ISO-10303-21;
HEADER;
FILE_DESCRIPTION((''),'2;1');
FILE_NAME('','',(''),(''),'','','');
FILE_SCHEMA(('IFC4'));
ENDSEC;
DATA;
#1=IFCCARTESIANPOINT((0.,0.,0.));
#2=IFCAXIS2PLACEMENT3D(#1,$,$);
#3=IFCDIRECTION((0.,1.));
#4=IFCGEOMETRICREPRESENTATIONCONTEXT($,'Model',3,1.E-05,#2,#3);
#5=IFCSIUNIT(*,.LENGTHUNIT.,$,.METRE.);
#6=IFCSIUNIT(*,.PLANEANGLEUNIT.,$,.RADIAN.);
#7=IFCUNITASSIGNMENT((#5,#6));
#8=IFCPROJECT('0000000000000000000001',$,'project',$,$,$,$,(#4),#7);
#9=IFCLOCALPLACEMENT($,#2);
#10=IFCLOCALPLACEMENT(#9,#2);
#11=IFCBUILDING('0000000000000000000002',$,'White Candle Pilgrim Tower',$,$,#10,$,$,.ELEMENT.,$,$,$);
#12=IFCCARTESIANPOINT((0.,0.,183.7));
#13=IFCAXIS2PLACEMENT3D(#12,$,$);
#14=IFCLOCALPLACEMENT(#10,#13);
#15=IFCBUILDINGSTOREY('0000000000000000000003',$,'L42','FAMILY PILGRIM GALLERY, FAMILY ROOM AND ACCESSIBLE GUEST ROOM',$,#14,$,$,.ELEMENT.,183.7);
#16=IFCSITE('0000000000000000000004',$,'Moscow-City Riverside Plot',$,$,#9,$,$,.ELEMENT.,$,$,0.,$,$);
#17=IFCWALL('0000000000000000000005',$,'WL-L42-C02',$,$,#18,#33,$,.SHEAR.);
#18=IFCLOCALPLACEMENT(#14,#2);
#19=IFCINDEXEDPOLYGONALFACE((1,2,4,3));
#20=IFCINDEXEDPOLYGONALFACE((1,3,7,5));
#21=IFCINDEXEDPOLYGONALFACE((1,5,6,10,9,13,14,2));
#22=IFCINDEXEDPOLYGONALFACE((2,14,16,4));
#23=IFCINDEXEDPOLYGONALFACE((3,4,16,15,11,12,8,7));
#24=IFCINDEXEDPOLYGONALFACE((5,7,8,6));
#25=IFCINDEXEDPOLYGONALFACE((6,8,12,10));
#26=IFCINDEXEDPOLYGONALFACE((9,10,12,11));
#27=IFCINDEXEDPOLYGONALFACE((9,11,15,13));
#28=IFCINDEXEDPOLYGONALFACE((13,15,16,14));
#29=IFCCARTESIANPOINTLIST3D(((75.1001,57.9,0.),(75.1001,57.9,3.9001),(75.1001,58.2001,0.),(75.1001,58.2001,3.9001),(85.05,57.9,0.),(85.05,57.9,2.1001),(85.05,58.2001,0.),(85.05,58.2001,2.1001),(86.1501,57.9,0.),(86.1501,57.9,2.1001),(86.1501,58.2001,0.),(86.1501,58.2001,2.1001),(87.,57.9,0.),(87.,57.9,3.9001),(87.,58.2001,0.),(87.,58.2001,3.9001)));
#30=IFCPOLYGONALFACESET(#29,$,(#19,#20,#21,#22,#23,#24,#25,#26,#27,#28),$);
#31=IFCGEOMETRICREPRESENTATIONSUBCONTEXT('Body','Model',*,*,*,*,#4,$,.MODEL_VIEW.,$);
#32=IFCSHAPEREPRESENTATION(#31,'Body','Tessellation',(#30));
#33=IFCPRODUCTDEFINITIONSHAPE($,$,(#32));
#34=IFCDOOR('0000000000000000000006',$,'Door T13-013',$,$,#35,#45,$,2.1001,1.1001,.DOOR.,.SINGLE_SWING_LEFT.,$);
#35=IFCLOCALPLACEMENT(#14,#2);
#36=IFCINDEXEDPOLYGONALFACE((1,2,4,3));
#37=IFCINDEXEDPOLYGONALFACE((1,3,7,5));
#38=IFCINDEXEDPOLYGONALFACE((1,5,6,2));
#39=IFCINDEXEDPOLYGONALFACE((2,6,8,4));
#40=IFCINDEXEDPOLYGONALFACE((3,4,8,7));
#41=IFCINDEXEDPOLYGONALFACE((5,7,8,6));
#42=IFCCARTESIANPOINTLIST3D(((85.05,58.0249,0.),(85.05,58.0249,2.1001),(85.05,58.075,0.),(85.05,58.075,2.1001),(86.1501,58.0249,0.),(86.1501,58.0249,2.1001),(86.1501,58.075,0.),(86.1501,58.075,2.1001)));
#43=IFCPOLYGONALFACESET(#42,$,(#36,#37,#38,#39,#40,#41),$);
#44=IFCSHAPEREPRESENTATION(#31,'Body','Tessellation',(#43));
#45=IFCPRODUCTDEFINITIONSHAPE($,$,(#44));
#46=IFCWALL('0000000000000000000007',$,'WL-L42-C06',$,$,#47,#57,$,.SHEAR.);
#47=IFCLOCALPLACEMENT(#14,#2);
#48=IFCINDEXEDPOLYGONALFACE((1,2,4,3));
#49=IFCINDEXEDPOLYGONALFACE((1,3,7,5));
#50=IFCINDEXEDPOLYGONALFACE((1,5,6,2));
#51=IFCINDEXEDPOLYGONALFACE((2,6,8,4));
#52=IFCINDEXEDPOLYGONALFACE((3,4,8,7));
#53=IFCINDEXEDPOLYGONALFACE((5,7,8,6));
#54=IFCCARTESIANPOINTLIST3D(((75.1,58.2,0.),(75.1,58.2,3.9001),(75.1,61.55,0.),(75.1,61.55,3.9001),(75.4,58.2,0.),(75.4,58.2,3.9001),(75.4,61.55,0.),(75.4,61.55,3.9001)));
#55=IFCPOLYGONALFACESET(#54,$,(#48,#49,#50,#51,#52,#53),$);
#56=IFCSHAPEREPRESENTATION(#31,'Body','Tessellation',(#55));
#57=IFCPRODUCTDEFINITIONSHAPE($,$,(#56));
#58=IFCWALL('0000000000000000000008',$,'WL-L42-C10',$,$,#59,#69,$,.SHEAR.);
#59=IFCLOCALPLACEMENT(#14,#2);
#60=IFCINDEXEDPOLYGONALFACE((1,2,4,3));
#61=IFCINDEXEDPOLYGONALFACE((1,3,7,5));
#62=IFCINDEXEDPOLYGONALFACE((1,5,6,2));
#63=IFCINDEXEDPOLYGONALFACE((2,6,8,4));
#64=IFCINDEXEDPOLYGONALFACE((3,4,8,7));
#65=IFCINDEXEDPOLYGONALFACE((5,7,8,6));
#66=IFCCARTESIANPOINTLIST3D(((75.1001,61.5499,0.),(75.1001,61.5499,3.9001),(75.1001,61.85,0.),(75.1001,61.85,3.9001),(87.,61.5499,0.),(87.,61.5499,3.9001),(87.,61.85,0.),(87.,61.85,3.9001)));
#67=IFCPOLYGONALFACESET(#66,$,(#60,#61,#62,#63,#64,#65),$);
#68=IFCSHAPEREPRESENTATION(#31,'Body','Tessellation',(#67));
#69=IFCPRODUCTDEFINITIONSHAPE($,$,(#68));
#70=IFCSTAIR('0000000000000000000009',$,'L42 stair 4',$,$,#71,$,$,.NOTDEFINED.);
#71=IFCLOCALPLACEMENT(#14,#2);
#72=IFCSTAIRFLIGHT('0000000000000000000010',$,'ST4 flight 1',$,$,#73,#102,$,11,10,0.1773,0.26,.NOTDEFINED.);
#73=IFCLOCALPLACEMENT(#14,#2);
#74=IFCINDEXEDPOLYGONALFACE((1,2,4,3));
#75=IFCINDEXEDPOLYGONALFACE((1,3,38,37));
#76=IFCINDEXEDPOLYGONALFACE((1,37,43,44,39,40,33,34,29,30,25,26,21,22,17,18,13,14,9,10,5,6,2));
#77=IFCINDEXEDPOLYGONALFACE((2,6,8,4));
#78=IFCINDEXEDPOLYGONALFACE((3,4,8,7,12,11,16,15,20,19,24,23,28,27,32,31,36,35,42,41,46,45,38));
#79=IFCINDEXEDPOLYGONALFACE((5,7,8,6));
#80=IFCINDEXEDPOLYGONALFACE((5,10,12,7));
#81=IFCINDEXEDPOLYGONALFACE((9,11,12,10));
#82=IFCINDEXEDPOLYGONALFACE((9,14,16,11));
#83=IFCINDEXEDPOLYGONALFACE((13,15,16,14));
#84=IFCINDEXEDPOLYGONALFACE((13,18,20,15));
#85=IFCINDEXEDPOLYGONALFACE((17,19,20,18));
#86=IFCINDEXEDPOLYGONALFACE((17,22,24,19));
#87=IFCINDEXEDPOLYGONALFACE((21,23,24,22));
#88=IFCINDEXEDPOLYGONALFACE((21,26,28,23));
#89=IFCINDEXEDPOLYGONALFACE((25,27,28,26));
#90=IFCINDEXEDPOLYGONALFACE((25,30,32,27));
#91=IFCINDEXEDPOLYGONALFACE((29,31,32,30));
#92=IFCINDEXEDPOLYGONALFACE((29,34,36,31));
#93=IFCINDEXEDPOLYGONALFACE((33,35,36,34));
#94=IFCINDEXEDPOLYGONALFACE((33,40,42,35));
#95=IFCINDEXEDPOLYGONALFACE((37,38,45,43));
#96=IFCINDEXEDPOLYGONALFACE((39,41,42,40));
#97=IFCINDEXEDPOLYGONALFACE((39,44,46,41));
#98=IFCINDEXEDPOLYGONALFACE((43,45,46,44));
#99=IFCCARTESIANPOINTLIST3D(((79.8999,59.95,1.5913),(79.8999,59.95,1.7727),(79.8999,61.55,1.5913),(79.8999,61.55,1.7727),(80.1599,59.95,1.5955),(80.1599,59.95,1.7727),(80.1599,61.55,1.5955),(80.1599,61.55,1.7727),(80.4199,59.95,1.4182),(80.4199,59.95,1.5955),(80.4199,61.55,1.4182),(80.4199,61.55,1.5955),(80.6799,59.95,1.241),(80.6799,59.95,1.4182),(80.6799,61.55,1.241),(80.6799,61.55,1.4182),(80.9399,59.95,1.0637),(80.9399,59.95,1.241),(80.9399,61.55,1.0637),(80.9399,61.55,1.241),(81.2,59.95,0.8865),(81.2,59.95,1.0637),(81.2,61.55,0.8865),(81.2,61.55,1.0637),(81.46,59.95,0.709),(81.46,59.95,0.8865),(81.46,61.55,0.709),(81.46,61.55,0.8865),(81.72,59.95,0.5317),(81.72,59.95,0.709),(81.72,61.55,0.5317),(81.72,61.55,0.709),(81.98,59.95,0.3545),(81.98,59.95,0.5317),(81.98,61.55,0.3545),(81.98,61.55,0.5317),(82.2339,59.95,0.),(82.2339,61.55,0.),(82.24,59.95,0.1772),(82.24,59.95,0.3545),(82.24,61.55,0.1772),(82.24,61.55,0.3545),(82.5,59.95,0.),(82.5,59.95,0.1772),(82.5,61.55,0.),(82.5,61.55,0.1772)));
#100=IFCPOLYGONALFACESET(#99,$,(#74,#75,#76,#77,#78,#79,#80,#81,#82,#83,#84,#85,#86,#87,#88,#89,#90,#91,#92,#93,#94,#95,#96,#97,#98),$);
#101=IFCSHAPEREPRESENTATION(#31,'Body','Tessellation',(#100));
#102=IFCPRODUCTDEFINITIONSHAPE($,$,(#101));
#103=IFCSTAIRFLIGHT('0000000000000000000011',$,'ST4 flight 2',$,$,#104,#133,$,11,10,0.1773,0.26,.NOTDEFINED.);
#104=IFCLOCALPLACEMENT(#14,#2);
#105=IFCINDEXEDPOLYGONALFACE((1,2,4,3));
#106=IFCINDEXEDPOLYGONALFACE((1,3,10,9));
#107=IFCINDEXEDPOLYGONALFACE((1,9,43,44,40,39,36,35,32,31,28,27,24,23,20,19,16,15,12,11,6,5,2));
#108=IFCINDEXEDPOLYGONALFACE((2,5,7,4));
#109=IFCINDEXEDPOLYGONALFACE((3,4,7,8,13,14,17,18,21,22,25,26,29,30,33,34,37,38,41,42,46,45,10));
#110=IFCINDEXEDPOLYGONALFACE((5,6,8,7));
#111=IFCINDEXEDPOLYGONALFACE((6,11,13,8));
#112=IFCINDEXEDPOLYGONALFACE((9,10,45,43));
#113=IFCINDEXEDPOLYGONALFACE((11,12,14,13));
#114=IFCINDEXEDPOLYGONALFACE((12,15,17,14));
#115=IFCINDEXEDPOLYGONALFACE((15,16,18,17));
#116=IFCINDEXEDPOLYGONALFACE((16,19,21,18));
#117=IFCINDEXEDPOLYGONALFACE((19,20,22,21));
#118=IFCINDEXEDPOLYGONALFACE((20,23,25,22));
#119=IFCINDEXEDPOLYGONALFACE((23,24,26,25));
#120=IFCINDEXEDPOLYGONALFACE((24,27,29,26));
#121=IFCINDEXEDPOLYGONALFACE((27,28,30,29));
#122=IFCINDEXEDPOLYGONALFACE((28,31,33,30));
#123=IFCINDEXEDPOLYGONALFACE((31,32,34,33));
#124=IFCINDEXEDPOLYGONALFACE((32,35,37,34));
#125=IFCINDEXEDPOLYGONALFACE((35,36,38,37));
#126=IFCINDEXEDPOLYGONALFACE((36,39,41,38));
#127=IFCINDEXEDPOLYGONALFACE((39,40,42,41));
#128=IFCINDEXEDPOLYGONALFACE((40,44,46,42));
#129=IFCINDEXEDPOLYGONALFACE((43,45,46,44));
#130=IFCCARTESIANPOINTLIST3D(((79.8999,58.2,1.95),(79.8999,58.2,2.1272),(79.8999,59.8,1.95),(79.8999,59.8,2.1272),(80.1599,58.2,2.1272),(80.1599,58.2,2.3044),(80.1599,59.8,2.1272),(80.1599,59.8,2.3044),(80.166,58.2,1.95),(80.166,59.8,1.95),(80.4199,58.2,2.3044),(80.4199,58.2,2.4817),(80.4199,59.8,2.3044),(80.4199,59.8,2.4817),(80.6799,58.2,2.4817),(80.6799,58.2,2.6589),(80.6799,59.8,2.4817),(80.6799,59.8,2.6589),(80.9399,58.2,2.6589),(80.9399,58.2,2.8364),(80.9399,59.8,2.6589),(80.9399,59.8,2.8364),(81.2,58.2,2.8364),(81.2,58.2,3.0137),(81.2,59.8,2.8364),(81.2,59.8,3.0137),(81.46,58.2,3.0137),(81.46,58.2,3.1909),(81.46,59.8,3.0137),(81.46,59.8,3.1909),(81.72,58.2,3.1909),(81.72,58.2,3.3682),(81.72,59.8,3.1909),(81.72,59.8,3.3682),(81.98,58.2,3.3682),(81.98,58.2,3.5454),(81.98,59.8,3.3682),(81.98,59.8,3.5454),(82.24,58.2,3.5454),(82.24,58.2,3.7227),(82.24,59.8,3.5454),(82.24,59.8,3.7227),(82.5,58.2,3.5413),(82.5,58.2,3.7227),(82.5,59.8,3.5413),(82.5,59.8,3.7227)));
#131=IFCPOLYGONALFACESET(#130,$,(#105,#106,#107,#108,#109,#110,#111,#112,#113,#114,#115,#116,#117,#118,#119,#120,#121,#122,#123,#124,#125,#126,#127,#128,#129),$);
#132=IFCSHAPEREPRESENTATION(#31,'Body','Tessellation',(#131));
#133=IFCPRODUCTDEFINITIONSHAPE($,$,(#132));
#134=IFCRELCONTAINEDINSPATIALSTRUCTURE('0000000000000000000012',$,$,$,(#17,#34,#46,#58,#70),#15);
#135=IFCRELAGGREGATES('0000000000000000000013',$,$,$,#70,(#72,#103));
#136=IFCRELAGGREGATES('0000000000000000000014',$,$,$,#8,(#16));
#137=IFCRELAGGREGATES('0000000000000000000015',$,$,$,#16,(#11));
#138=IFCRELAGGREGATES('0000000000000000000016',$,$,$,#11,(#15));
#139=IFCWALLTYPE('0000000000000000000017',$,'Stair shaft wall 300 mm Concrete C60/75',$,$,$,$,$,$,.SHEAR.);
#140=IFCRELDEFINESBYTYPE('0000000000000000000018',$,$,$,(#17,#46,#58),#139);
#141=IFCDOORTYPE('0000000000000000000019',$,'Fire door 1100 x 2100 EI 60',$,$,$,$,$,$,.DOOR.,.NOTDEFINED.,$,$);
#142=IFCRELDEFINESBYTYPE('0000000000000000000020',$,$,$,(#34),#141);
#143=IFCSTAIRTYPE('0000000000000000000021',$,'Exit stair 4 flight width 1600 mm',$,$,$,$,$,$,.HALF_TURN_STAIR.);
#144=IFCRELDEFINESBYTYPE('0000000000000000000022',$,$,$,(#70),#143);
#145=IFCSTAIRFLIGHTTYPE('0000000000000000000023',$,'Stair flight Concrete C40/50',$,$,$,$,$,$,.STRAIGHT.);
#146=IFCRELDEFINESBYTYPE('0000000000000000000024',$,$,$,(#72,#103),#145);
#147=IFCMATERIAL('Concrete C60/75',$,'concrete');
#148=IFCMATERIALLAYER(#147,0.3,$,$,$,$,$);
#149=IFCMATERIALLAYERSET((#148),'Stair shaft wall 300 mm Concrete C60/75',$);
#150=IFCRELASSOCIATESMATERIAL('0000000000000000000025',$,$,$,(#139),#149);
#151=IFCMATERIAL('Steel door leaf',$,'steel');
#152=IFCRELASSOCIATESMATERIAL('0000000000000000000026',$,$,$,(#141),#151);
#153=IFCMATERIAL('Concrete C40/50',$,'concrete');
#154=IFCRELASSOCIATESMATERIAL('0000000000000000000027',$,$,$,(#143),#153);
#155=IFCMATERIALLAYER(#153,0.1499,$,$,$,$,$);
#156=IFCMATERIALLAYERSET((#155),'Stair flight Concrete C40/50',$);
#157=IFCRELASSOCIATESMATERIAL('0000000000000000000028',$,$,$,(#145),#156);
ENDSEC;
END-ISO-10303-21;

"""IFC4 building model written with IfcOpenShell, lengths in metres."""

from ifc_helpers import new_model, si_unit, direction, frame, frame_2d, origin, place, context, subcontext, project, spatial, polyline, rectangle, outline, extrude, material, layer, layer_set, type_object, element, fill, aggregate, save


model = new_model("IFC4")

# Units and contexts
model_context = context("Model", 3, precision=1e-05, world=origin(), true_north=direction((0.0, 1.0)))
body_context = subcontext(model_context, "Body", "Model", "MODEL_VIEW")
ifc_project = project(units=[si_unit("LENGTHUNIT", "METRE"), si_unit("PLANEANGLEUNIT", "RADIAN")], contexts=[model_context])

# Site, building, storey
site_placement = place(None, origin())
site = spatial("IfcSite", under=ifc_project, at=site_placement, Name="Moscow-City Riverside Plot", CompositionType="ELEMENT", RefElevation=0.0)
building_placement = place(site_placement, origin())
building = spatial("IfcBuilding", under=site, at=building_placement, Name="White Candle Pilgrim Tower", CompositionType="ELEMENT")
storey_placement = place(building_placement, frame((0.0, 0.0, 183.7)))
storey = spatial("IfcBuildingStorey", under=building, at=storey_placement, Name="L42", Description="FAMILY PILGRIM GALLERY, FAMILY ROOM AND ACCESSIBLE GUEST ROOM", CompositionType="ELEMENT", Elevation=183.7)

# Wall, opening, door
ifc_material_1 = material(Name="Concrete C60/75", Category="concrete")
ifc_layer_1 = layer(ifc_material_1, 0.3)
ifc_layer_set_1 = layer_set([ifc_layer_1], Name="Stair shaft wall 300 mm Concrete C60/75")
wall_type_1 = type_object("IfcWallType", Name="Stair shaft wall 300 mm Concrete C60/75", PredefinedType="SHEAR", material=ifc_layer_set_1)
wall_1_placement = place(storey_placement, frame((75.1001, 58.05, 0.0), z_axis=(0.0, 0.0, 1.0), x_axis=(1.0, 0.0, 0.0)))
wall_1 = element("IfcWall", 1, at=wall_1_placement, inside=storey, type_object=wall_type_1, Name="WL-L42-C02", PredefinedType="SHEAR", context=body_context, shape_type="SweptSolid", body=[
    extrude(rectangle(XDim=11.8999, YDim=0.3, at=frame_2d((5.95, 0.0))), origin(), (0.0, 0.0, 1.0), 3.9001),
])
opening_placement = place(wall_1_placement, frame((9.95, 0.0, 0.0)))
opening = element("IfcOpeningElement", 2, at=opening_placement, cuts=wall_1, PredefinedType="OPENING", context=body_context, shape_type="SweptSolid", body=[
    extrude(rectangle(XDim=1.1001, YDim=2.1001, at=frame_2d((0.55, 1.05))), frame((0.0, 0.1599, 0.0), z_axis=(0.0, -1.0, 0.0), x_axis=(1.0, 0.0, 0.0)), (0.0, 0.0, 1.0), 0.3201),
])
ifc_material_2 = material(Name="Steel door leaf", Category="steel")
door_type = type_object("IfcDoorType", Name="Fire door 1100 x 2100 EI 60", OperationType="NOTDEFINED", PredefinedType="DOOR", material=ifc_material_2)
door_placement = place(opening_placement, origin())
door = element("IfcDoor", 3, at=door_placement, inside=storey, type_object=door_type, Name="Door T13-013", OperationType="SINGLE_SWING_LEFT", OverallHeight=2.1001, OverallWidth=1.1001, PredefinedType="DOOR", context=body_context, shape_type="SweptSolid", body=[
    extrude(rectangle(XDim=1.1001, YDim=2.1001, at=frame_2d((0.55, 1.05))), frame((0.0, 0.0249, 0.0), z_axis=(0.0, -1.0, 0.0), x_axis=(1.0, 0.0, 0.0)), (0.0, 0.0, 1.0), 0.05),
])
fill(opening, door)

# Walls
wall_2_placement = place(storey_placement, frame((75.25, 58.2, 0.0), z_axis=(0.0, 0.0, 1.0), x_axis=(0.0, 1.0, 0.0)))
element("IfcWall", 4, at=wall_2_placement, inside=storey, type_object=wall_type_1, Name="WL-L42-C06", PredefinedType="SHEAR", context=body_context, shape_type="SweptSolid", body=[
    extrude(rectangle(XDim=3.3501, YDim=0.3, at=frame_2d((1.675, 0.0))), origin(), (0.0, 0.0, 1.0), 3.9001),
])
wall_3_placement = place(storey_placement, frame((75.1001, 61.7, 0.0), z_axis=(0.0, 0.0, 1.0), x_axis=(1.0, 0.0, 0.0)))
element("IfcWall", 5, at=wall_3_placement, inside=storey, type_object=wall_type_1, Name="WL-L42-C10", PredefinedType="SHEAR", context=body_context, shape_type="SweptSolid", body=[
    extrude(rectangle(XDim=11.8999, YDim=0.3, at=frame_2d((5.95, 0.0))), origin(), (0.0, 0.0, 1.0), 3.9001),
])

# Stair, stair flights
ifc_material_3 = material(Name="Concrete C40/50", Category="concrete")
stair_type = type_object("IfcStairType", Name="Exit stair 4 flight width 1600 mm", PredefinedType="HALF_TURN_STAIR", material=ifc_material_3)
stair_placement = place(storey_placement, origin())
stair = element("IfcStair", 6, at=stair_placement, inside=storey, type_object=stair_type, Name="L42 stair 4", PredefinedType="NOTDEFINED")
ifc_layer_2 = layer(ifc_material_3, 0.1499)
ifc_layer_set_2 = layer_set([ifc_layer_2], Name="Stair flight Concrete C40/50")
stair_flight_type = type_object("IfcStairFlightType", Name="Stair flight Concrete C40/50", PredefinedType="STRAIGHT", material=ifc_layer_set_2)
stair_flight_1_placement = place(storey_placement, frame((82.5, 60.75, 0.0), z_axis=(0.0, 0.0, 1.0), x_axis=(-1.0, 0.0, 0.0)))
stair_flight_1 = element("IfcStairFlight", 7, at=stair_flight_1_placement, type_object=stair_flight_type, Name="ST4 flight 1", NumberOfRisers=11, NumberOfTreads=10, PredefinedType="NOTDEFINED", RiserHeight=0.1773, TreadLength=0.26, context=body_context, shape_type="SweptSolid", body=[
    extrude(outline(polyline([(0.0, 0.0), (0.0, 0.1772), (0.26, 0.1772), (0.26, 0.3545), (0.52, 0.3545), (0.52, 0.5317), (0.78, 0.5317), (0.78, 0.709), (1.04, 0.709), (1.04, 0.8865), (1.3, 0.8865), (1.3, 1.0637), (1.5601, 1.0637), (1.5601, 1.241), (1.8201, 1.241), (1.8201, 1.4182), (2.0801, 1.4182), (2.0801, 1.5955), (2.3401, 1.5955), (2.3401, 1.7727), (2.6001, 1.7727), (2.6001, 1.95), (2.6001, 1.5913), (0.2661, 0.0), (0.0, 0.0)])), frame((0.0, 0.8, 0.0), z_axis=(0.0, -1.0, 0.0), x_axis=(1.0, 0.0, 0.0)), (0.0, 0.0, 1.0), 1.6001),
])
stair_flight_2_placement = place(storey_placement, frame((79.8999, 59.0, 1.95), z_axis=(0.0, 0.0, 1.0), x_axis=(1.0, 0.0, 0.0)))
stair_flight_2 = element("IfcStairFlight", 8, at=stair_flight_2_placement, type_object=stair_flight_type, Name="ST4 flight 2", NumberOfRisers=11, NumberOfTreads=10, PredefinedType="NOTDEFINED", RiserHeight=0.1773, TreadLength=0.26, context=body_context, shape_type="SweptSolid", body=[
    extrude(outline(polyline([(0.0, 0.0), (0.0, 0.1772), (0.26, 0.1772), (0.26, 0.3545), (0.52, 0.3545), (0.52, 0.5317), (0.78, 0.5317), (0.78, 0.709), (1.04, 0.709), (1.04, 0.8865), (1.3, 0.8865), (1.3, 1.0637), (1.5601, 1.0637), (1.5601, 1.241), (1.8201, 1.241), (1.8201, 1.4182), (2.0801, 1.4182), (2.0801, 1.5955), (2.3401, 1.5955), (2.3401, 1.7727), (2.6001, 1.7727), (2.6001, 1.95), (2.6001, 1.5913), (0.2661, 0.0), (0.0, 0.0)])), frame((0.0, 0.8, 0.0), z_axis=(0.0, -1.0, 0.0), x_axis=(1.0, 0.0, 0.0)), (0.0, 0.0, 1.0), 1.6001),
])
aggregate(stair, [stair_flight_1, stair_flight_2])

save(model, "model.ifc")
